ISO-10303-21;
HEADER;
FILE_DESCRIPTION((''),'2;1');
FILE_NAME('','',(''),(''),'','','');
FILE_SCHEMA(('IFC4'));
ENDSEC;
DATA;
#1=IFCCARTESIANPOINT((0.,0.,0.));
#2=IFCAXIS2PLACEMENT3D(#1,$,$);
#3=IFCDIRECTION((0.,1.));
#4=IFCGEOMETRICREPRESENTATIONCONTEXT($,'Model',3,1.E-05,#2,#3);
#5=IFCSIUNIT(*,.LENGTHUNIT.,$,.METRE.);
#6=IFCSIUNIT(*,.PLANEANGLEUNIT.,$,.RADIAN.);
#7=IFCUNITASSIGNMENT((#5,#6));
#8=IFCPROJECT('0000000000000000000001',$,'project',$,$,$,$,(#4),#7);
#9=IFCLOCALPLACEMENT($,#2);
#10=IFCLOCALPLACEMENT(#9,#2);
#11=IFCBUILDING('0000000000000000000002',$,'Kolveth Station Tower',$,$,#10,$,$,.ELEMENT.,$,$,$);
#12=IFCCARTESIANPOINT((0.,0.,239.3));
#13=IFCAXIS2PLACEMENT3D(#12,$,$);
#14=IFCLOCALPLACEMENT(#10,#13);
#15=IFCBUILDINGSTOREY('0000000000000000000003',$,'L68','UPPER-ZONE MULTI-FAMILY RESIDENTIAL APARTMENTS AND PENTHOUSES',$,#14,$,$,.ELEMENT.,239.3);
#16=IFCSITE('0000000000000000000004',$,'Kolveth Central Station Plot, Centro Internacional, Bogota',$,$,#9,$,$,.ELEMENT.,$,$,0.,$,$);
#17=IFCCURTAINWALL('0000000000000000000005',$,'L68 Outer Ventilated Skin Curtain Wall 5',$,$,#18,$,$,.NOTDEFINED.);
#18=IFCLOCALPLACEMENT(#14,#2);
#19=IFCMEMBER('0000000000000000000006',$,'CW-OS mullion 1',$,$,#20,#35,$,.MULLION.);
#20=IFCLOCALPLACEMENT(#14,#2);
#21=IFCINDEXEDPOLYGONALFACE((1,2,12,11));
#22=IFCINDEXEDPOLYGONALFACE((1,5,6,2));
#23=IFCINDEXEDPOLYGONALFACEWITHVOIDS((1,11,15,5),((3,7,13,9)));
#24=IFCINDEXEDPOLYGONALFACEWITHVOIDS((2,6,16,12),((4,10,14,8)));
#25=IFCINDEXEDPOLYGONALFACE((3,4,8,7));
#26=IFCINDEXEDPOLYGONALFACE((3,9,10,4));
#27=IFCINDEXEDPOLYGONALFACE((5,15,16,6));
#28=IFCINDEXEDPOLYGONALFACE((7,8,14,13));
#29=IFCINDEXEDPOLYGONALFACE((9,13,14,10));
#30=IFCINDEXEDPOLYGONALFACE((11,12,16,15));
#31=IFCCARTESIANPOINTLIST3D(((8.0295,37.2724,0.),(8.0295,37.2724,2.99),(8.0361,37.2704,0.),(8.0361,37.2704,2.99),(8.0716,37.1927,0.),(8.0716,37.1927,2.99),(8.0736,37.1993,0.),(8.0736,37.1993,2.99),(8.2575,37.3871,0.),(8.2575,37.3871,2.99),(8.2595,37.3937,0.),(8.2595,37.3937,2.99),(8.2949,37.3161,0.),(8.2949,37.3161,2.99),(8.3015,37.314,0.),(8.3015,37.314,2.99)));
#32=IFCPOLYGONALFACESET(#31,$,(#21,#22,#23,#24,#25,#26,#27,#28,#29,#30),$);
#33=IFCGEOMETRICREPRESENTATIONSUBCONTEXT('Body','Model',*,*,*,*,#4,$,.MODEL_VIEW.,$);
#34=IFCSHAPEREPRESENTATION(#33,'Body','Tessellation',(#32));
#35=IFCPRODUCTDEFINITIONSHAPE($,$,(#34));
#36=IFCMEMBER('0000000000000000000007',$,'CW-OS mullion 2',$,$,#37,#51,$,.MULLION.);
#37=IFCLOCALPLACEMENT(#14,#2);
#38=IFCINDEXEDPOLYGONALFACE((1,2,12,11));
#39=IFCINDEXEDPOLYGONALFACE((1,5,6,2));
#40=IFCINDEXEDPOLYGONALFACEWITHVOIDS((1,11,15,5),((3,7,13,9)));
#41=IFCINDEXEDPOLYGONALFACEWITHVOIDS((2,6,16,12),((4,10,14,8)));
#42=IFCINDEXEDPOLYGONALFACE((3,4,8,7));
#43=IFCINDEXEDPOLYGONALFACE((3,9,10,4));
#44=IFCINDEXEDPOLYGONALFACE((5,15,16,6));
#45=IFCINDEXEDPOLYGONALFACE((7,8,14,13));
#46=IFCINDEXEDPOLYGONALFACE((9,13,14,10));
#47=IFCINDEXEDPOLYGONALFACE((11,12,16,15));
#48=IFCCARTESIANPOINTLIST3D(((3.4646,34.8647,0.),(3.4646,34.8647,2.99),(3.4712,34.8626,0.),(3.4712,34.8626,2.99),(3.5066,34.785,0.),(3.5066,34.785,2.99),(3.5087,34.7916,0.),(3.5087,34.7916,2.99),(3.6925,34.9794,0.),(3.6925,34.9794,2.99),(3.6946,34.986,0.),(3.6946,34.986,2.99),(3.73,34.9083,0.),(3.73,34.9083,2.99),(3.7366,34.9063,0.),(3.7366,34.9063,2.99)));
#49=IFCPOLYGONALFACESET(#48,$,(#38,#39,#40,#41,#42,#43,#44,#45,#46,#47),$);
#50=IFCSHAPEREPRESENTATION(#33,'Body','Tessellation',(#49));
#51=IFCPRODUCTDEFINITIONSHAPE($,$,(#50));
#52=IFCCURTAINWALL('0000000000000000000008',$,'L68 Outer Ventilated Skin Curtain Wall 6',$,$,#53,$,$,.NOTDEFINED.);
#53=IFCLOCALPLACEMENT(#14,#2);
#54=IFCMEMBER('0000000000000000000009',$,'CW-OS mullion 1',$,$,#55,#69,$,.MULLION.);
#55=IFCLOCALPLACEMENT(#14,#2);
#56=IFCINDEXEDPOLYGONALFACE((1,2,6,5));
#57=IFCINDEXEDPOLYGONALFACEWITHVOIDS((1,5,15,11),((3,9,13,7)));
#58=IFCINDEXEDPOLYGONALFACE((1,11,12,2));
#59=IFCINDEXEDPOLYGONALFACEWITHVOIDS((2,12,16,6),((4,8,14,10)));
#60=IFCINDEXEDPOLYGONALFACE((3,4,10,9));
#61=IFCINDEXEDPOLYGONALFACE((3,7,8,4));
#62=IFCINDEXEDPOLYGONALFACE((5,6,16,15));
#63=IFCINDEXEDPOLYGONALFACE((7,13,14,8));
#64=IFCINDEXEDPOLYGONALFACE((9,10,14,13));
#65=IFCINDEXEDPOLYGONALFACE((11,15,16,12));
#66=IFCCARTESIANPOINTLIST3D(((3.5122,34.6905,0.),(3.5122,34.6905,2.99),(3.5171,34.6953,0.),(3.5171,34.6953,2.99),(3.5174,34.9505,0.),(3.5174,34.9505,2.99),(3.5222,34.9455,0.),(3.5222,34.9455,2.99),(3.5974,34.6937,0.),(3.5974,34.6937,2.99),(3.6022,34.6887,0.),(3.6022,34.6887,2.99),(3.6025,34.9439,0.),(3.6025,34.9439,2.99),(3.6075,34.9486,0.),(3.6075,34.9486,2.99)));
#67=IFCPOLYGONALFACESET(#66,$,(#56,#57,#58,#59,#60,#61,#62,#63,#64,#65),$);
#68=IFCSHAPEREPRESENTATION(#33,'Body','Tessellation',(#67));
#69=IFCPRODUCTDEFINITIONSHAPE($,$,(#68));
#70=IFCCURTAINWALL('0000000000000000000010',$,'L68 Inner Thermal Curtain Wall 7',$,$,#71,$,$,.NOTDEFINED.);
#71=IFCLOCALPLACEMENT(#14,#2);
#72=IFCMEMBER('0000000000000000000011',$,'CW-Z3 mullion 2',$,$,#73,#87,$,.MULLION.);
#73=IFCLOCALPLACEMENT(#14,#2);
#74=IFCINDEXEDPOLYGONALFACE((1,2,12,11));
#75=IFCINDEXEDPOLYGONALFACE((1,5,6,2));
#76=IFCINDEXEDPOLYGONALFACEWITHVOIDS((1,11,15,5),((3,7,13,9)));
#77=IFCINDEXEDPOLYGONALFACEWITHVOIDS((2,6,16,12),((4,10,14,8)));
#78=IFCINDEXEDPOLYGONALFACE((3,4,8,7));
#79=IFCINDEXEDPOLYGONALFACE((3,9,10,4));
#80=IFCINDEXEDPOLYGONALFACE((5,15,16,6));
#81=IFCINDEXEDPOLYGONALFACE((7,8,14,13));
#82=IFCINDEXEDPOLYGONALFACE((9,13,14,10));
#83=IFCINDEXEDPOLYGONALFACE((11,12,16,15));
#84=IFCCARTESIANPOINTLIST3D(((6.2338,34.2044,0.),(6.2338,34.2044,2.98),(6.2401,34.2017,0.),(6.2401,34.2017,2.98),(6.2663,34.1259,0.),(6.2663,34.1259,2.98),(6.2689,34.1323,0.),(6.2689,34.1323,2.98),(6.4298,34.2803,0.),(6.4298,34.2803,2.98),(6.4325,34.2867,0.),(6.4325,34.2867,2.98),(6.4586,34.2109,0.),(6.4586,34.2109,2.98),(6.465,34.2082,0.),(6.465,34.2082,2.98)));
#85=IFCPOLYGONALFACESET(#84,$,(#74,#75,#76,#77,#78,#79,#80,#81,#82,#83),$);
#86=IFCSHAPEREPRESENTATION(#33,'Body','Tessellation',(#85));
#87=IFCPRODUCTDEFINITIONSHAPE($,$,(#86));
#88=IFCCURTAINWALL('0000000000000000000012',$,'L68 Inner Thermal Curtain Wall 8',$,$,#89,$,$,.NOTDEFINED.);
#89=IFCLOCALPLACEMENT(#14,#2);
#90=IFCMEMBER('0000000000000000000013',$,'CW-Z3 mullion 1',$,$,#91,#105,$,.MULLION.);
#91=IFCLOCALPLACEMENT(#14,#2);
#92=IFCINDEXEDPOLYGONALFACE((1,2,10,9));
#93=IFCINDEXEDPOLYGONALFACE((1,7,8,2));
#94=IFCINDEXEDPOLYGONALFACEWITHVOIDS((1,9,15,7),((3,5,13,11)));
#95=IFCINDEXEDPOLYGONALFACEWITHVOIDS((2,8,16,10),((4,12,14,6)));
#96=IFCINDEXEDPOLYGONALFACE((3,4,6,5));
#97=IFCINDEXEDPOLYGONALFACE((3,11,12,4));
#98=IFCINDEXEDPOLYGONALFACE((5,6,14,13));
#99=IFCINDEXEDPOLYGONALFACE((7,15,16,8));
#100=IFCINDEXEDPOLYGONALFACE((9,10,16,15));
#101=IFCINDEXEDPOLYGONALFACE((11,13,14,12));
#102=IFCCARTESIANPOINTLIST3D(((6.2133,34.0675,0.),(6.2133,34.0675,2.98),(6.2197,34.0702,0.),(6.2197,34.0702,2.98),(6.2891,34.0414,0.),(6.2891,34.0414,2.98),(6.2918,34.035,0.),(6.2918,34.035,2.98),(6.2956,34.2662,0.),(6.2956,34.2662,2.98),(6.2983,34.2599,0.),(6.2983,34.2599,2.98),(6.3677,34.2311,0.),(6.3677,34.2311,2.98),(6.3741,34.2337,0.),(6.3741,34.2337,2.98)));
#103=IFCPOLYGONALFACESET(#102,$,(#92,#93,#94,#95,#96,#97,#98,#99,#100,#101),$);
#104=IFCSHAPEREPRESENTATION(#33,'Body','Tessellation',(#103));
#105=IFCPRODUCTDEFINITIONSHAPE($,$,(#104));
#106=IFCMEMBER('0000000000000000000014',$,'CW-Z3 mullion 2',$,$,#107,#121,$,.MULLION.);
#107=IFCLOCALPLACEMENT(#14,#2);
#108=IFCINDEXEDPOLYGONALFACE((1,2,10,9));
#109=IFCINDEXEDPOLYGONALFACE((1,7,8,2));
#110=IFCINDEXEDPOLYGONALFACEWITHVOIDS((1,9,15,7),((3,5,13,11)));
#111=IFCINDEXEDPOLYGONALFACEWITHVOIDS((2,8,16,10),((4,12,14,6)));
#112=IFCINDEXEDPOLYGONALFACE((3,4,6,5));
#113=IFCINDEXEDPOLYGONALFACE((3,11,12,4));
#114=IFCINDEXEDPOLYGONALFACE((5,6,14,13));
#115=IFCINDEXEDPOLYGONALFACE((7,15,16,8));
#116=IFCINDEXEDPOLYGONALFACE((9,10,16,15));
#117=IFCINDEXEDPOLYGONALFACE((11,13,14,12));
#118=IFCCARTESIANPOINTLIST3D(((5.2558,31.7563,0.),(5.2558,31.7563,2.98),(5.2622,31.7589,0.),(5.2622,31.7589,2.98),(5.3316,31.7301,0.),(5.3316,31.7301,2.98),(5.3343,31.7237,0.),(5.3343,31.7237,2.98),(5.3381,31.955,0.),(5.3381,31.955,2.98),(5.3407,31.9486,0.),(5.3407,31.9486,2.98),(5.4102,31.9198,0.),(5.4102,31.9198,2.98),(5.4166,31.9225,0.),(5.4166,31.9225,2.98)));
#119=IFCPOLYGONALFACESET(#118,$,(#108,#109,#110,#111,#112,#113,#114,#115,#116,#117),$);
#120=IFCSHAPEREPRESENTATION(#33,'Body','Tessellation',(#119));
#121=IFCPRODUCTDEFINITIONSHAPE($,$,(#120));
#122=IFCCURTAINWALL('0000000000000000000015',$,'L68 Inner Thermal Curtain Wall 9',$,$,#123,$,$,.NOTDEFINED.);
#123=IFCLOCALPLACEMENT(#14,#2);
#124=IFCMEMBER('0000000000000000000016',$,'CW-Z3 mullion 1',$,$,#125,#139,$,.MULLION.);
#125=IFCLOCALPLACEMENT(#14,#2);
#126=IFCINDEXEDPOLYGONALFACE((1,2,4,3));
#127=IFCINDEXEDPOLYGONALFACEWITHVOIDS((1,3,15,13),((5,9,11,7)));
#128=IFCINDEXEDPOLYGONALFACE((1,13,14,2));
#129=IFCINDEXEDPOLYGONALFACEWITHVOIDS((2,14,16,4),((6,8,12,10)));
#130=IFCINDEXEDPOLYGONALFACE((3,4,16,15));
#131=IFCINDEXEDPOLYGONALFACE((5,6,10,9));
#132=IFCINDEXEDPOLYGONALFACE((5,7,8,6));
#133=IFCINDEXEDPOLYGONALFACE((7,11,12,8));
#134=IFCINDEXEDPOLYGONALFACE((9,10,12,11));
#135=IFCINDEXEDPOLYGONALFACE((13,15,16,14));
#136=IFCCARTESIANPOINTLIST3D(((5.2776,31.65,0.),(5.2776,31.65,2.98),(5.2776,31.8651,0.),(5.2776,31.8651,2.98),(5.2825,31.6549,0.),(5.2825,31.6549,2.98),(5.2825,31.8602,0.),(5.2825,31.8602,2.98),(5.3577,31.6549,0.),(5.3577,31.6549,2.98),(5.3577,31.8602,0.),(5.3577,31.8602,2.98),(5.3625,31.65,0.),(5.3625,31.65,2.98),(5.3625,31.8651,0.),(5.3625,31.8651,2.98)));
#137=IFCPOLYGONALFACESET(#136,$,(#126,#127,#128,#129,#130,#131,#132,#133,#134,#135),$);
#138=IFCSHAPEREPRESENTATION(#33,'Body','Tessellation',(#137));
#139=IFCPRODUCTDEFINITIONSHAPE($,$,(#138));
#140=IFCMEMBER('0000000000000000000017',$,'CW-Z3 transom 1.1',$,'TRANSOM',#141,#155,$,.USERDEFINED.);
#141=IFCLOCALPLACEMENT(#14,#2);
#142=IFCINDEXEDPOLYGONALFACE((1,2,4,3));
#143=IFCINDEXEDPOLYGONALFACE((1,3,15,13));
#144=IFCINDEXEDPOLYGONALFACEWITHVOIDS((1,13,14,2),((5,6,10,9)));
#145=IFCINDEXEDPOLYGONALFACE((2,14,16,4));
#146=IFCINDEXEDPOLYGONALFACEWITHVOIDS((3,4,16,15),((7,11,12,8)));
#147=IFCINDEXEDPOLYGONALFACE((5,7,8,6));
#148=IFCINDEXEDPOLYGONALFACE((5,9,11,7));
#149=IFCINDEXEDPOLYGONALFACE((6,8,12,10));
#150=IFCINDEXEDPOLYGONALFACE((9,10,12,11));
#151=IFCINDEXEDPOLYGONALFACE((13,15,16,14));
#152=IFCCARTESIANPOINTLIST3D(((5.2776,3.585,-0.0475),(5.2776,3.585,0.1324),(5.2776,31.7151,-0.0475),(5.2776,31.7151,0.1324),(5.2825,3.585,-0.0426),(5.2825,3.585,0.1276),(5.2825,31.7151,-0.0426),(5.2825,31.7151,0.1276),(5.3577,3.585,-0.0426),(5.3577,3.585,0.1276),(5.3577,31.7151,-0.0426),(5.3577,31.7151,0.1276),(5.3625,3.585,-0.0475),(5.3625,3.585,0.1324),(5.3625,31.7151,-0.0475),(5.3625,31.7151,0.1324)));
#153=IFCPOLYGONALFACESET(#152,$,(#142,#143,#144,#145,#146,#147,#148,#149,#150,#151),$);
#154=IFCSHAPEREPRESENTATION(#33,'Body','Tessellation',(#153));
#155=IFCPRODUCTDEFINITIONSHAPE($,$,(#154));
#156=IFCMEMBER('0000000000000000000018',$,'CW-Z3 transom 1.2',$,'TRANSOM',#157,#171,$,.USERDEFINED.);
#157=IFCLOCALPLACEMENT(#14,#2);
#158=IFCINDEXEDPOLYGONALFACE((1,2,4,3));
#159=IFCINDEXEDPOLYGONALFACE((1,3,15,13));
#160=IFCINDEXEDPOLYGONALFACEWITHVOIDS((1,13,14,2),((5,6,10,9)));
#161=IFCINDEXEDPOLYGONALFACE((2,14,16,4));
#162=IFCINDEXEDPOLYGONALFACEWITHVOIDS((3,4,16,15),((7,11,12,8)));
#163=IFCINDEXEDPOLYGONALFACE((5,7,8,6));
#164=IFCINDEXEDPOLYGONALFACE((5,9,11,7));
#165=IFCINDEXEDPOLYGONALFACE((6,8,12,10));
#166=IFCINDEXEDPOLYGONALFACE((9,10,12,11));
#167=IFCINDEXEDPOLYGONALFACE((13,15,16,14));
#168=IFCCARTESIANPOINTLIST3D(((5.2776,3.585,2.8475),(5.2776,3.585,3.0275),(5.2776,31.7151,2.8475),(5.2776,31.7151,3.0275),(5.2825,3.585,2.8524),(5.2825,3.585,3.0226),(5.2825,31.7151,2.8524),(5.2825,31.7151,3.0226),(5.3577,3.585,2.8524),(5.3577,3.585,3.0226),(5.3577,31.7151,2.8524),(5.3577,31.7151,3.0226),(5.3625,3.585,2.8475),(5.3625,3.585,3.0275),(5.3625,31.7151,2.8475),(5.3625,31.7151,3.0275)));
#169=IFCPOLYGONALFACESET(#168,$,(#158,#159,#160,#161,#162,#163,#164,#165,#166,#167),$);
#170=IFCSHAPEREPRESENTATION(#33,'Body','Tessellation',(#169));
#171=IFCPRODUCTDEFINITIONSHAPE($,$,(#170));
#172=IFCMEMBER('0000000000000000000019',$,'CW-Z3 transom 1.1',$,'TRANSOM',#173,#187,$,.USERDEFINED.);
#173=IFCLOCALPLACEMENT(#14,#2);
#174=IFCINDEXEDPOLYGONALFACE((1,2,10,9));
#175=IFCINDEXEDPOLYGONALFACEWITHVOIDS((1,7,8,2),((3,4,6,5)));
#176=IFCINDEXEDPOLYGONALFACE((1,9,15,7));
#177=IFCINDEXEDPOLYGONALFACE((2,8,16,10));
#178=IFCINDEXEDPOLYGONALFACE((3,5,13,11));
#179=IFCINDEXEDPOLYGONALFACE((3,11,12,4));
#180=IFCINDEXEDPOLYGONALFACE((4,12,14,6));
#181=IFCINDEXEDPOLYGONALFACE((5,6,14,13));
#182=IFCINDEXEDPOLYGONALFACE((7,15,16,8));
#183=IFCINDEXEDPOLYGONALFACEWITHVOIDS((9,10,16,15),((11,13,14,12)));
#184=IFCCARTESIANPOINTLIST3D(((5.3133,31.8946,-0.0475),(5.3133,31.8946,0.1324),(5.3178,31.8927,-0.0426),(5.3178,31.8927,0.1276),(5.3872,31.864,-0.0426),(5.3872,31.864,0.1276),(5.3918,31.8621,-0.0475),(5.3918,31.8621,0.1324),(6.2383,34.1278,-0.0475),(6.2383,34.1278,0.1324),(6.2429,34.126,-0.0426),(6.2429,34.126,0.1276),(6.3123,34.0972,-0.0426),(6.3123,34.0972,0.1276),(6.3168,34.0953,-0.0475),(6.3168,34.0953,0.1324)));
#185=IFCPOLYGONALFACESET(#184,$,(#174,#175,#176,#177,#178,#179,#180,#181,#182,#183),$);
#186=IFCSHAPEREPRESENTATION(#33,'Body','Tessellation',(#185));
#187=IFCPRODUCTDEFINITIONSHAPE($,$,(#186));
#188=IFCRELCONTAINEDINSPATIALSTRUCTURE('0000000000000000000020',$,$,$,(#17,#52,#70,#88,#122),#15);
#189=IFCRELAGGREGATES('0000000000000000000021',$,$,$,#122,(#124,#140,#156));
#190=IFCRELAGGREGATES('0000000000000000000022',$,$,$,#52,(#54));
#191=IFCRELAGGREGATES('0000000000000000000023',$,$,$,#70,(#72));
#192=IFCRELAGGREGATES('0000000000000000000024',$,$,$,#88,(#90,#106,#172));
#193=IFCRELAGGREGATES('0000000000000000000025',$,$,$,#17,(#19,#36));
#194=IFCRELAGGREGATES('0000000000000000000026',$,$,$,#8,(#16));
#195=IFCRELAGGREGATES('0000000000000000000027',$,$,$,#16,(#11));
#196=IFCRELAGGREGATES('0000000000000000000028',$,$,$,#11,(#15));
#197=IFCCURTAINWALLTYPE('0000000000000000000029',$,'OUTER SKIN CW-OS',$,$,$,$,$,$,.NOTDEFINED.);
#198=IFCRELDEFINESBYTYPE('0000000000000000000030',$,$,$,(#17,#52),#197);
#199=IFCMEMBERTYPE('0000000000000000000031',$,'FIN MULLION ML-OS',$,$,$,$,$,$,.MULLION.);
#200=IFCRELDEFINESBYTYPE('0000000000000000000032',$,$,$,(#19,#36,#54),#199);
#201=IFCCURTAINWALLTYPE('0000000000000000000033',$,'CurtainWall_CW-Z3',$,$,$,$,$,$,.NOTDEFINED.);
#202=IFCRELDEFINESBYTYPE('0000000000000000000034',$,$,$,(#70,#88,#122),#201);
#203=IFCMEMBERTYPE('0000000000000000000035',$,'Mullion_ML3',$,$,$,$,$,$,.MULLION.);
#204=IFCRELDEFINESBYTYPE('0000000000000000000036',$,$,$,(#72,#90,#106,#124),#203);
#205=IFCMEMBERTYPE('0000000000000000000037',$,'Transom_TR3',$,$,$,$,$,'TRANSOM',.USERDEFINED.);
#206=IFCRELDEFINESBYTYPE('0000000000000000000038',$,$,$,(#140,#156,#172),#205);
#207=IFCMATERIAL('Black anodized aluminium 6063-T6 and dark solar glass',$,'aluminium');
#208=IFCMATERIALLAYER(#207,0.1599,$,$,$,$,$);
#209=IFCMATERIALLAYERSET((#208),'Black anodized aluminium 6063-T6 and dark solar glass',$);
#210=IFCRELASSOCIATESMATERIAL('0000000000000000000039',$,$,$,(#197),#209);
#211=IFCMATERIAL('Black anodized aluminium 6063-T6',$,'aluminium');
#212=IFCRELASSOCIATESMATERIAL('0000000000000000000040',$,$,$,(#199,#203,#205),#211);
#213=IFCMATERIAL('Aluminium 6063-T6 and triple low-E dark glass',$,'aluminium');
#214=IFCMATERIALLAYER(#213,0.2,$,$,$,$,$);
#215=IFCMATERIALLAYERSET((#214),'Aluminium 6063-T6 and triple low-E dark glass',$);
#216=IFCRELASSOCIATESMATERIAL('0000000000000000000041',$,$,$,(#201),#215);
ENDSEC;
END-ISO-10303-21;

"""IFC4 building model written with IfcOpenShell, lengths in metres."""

from ifc_helpers import new_model, si_unit, direction, frame, origin, origin_2d, place, context, subcontext, project, spatial, hollow_rectangle, extrude, source, transform, mapped, material, layer, layer_set, material_profile, profile_set, type_object, element, aggregate, save


model = new_model("IFC4")

# Units and contexts
model_context = context("Model", 3, precision=1e-05, world=origin(), true_north=direction((0.0, 1.0)))
body_context = subcontext(model_context, "Body", "Model", "MODEL_VIEW")
ifc_project = project(units=[si_unit("LENGTHUNIT", "METRE"), si_unit("PLANEANGLEUNIT", "RADIAN")], contexts=[model_context])

# Site, building, storey
site_placement = place(None, origin())
site = spatial("IfcSite", under=ifc_project, at=site_placement, Name="Kolveth Central Station Plot, Centro Internacional, Bogota", CompositionType="ELEMENT", RefElevation=0.0)
building_placement = place(site_placement, origin())
building = spatial("IfcBuilding", under=site, at=building_placement, Name="Kolveth Station Tower", CompositionType="ELEMENT")
storey_placement = place(building_placement, frame((0.0, 0.0, 239.3)))
storey = spatial("IfcBuildingStorey", under=building, at=storey_placement, Name="L68", Description="UPPER-ZONE MULTI-FAMILY RESIDENTIAL APARTMENTS AND PENTHOUSES", CompositionType="ELEMENT", Elevation=239.3)

# Curtain wall, members
ifc_material_1 = material(Name="Black anodized aluminium 6063-T6 and dark solar glass", Category="aluminium")
ifc_layer_1 = layer(ifc_material_1, 0.1599)
ifc_layer_set_1 = layer_set([ifc_layer_1], Name="Black anodized aluminium 6063-T6 and dark solar glass")
curtain_wall_type_1 = type_object("IfcCurtainWallType", Name="OUTER SKIN CW-OS", PredefinedType="NOTDEFINED", material=ifc_layer_set_1)
curtain_wall_1_placement = place(storey_placement, origin())
curtain_wall_1 = element("IfcCurtainWall", 1, at=curtain_wall_1_placement, inside=storey, type_object=curtain_wall_type_1, Name="L68 Outer Ventilated Skin Curtain Wall 5", PredefinedType="NOTDEFINED")
ifc_material_2 = material(Name="Black anodized aluminium 6063-T6", Category="aluminium")
ifc_material_profile_1 = material_profile(ifc_material_2, hollow_rectangle(XDim=0.0901, YDim=0.26, WallThickness=0.0049, at=origin_2d()), Name="ALU-90x260x5")
ifc_profile_set_1 = profile_set([ifc_material_profile_1], Name="Black anodized aluminium 6063-T6")
member_type_1 = type_object("IfcMemberType", Name="FIN MULLION ML-OS", PredefinedType="MULLION", material=ifc_profile_set_1)
shared_shape_1 = source(origin(), body_context, "Body", "SweptSolid", [
    extrude(hollow_rectangle(XDim=0.0901, YDim=0.26, WallThickness=0.0049, at=origin_2d()), origin(), (0.0, 0.0, 1.0), 2.99),
])
member_1_placement = place(storey_placement, frame((8.1655, 37.2932, 0.0), z_axis=(0.0, 0.0, 1.0), x_axis=(0.466526, -0.884508, 0.0)))
member_1 = element("IfcMember", 2, at=member_1_placement, type_object=member_type_1, Name="CW-OS mullion 1", PredefinedType="MULLION", context=body_context, shape_type="MappedRepresentation", body=[
    mapped(shared_shape_1, transform((0.0, 0.0, 0.0), x_axis=(1.0, 0.0, 0.0), y_axis=(0.0, 1.0, 0.0), z_axis=(0.0, 0.0, 1.0), scale=1.0)),
])
member_2_placement = place(storey_placement, frame((3.6006, 34.8855, 0.0), z_axis=(0.0, 0.0, 1.0), x_axis=(0.466526, -0.884508, 0.0)))
member_2 = element("IfcMember", 3, at=member_2_placement, type_object=member_type_1, Name="CW-OS mullion 2", PredefinedType="MULLION", context=body_context, shape_type="MappedRepresentation", body=[
    mapped(shared_shape_1, transform((0.0, 0.0, 0.0), x_axis=(1.0, 0.0, 0.0), y_axis=(0.0, 1.0, 0.0), z_axis=(0.0, 0.0, 1.0), scale=1.0)),
])

# Curtain walls, members
curtain_wall_2_placement = place(storey_placement, origin())
curtain_wall_2 = element("IfcCurtainWall", 4, at=curtain_wall_2_placement, inside=storey, type_object=curtain_wall_type_1, Name="L68 Outer Ventilated Skin Curtain Wall 6", PredefinedType="NOTDEFINED")
member_3_placement = place(storey_placement, frame((3.5598, 34.8196, 0.0), z_axis=(0.0, 0.0, 1.0), x_axis=(0.999796, -0.020198, 0.0)))
member_3 = element("IfcMember", 5, at=member_3_placement, type_object=member_type_1, Name="CW-OS mullion 1", PredefinedType="MULLION", context=body_context, shape_type="MappedRepresentation", body=[
    mapped(shared_shape_1, transform((0.0, 0.0, 0.0), x_axis=(1.0, 0.0, 0.0), y_axis=(0.0, 1.0, 0.0), z_axis=(0.0, 0.0, 1.0), scale=1.0)),
])
ifc_material_3 = material(Name="Aluminium 6063-T6 and triple low-E dark glass", Category="aluminium")
ifc_layer_2 = layer(ifc_material_3, 0.2)
ifc_layer_set_2 = layer_set([ifc_layer_2], Name="Aluminium 6063-T6 and triple low-E dark glass")
curtain_wall_type_2 = type_object("IfcCurtainWallType", Name="CurtainWall_CW-Z3", PredefinedType="NOTDEFINED", material=ifc_layer_set_2)
curtain_wall_3_placement = place(storey_placement, origin())
curtain_wall_3 = element("IfcCurtainWall", 6, at=curtain_wall_3_placement, inside=storey, type_object=curtain_wall_type_2, Name="L68 Inner Thermal Curtain Wall 7", PredefinedType="NOTDEFINED")
ifc_material_profile_2 = material_profile(ifc_material_2, hollow_rectangle(XDim=0.085, YDim=0.2151, WallThickness=0.0049, at=origin_2d()), Name="ALU-85x215x5")
ifc_profile_set_2 = profile_set([ifc_material_profile_2], Name="Black anodized aluminium 6063-T6")
member_type_2 = type_object("IfcMemberType", Name="Mullion_ML3", PredefinedType="MULLION", material=ifc_profile_set_2)
shared_shape_2 = source(origin(), body_context, "Body", "SweptSolid", [
    extrude(hollow_rectangle(XDim=0.085, YDim=0.2151, WallThickness=0.0049, at=origin_2d()), origin(), (0.0, 0.0, 1.0), 2.98),
])
member_4_placement = place(storey_placement, frame((6.3494, 34.2063, 0.0), z_axis=(0.0, 0.0, 1.0), x_axis=(0.382693, -0.923875, 0.0)))
member_4 = element("IfcMember", 7, at=member_4_placement, type_object=member_type_2, Name="CW-Z3 mullion 2", PredefinedType="MULLION", context=body_context, shape_type="MappedRepresentation", body=[
    mapped(shared_shape_2, transform((0.0, 0.0, 0.0), x_axis=(1.0, 0.0, 0.0), y_axis=(0.0, 1.0, 0.0), z_axis=(0.0, 0.0, 1.0), scale=1.0)),
])

# Curtain walls, members
curtain_wall_4_placement = place(storey_placement, origin())
curtain_wall_4 = element("IfcCurtainWall", 8, at=curtain_wall_4_placement, inside=storey, type_object=curtain_wall_type_2, Name="L68 Inner Thermal Curtain Wall 8", PredefinedType="NOTDEFINED")
member_5_placement = place(storey_placement, frame((6.2937, 34.1506, 0.0), z_axis=(0.0, 0.0, 1.0), x_axis=(0.923875, -0.382693, 0.0)))
member_5 = element("IfcMember", 9, at=member_5_placement, type_object=member_type_2, Name="CW-Z3 mullion 1", PredefinedType="MULLION", context=body_context, shape_type="MappedRepresentation", body=[
    mapped(shared_shape_2, transform((0.0, 0.0, 0.0), x_axis=(1.0, 0.0, 0.0), y_axis=(0.0, 1.0, 0.0), z_axis=(0.0, 0.0, 1.0), scale=1.0)),
])
member_6_placement = place(storey_placement, frame((5.3362, 31.8394, 0.0), z_axis=(0.0, 0.0, 1.0), x_axis=(0.923875, -0.382693, 0.0)))
member_6 = element("IfcMember", 10, at=member_6_placement, type_object=member_type_2, Name="CW-Z3 mullion 2", PredefinedType="MULLION", context=body_context, shape_type="MappedRepresentation", body=[
    mapped(shared_shape_2, transform((0.0, 0.0, 0.0), x_axis=(1.0, 0.0, 0.0), y_axis=(0.0, 1.0, 0.0), z_axis=(0.0, 0.0, 1.0), scale=1.0)),
])
curtain_wall_5_placement = place(storey_placement, origin())
curtain_wall_5 = element("IfcCurtainWall", 11, at=curtain_wall_5_placement, inside=storey, type_object=curtain_wall_type_2, Name="L68 Inner Thermal Curtain Wall 9", PredefinedType="NOTDEFINED")
member_7_placement = place(storey_placement, frame((5.3201, 31.7576, 0.0), z_axis=(0.0, 0.0, 1.0), x_axis=(1.0, 0.0, 0.0)))
member_7 = element("IfcMember", 12, at=member_7_placement, type_object=member_type_2, Name="CW-Z3 mullion 1", PredefinedType="MULLION", context=body_context, shape_type="MappedRepresentation", body=[
    mapped(shared_shape_2, transform((0.0, 0.0, 0.0), x_axis=(1.0, 0.0, 0.0), y_axis=(0.0, 1.0, 0.0), z_axis=(0.0, 0.0, 1.0), scale=1.0)),
])
ifc_material_profile_3 = material_profile(ifc_material_2, hollow_rectangle(XDim=0.085, YDim=0.1799, WallThickness=0.0049, at=origin_2d()), Name="ALU-85x180x5")
ifc_profile_set_3 = profile_set([ifc_material_profile_3], Name="Black anodized aluminium 6063-T6")
member_type_3 = type_object("IfcMemberType", Name="Transom_TR3", ElementType="TRANSOM", PredefinedType="USERDEFINED", material=ifc_profile_set_3)
shared_shape_3 = source(origin(), body_context, "Body", "SweptSolid", [
    extrude(hollow_rectangle(XDim=0.085, YDim=0.1799, WallThickness=0.0049, at=origin_2d()), origin(), (0.0, 0.0, 1.0), 28.1301),
])
member_8_placement = place(storey_placement, frame((5.3201, 31.7151, 0.0425), z_axis=(0.0, -1.0, 0.0), x_axis=(1.0, 0.0, 0.0)))
member_8 = element("IfcMember", 13, at=member_8_placement, type_object=member_type_3, Name="CW-Z3 transom 1.1", ObjectType="TRANSOM", PredefinedType="USERDEFINED", context=body_context, shape_type="MappedRepresentation", body=[
    mapped(shared_shape_3, transform((0.0, 0.0, 0.0), x_axis=(1.0, 0.0, 0.0), y_axis=(0.0, 1.0, 0.0), z_axis=(0.0, 0.0, 1.0), scale=1.0)),
])
member_9_placement = place(storey_placement, frame((5.3201, 31.7151, 2.9375), z_axis=(0.0, -1.0, 0.0), x_axis=(1.0, 0.0, 0.0)))
member_9 = element("IfcMember", 14, at=member_9_placement, type_object=member_type_3, Name="CW-Z3 transom 1.2", ObjectType="TRANSOM", PredefinedType="USERDEFINED", context=body_context, shape_type="MappedRepresentation", body=[
    mapped(shared_shape_3, transform((0.0, 0.0, 0.0), x_axis=(1.0, 0.0, 0.0), y_axis=(0.0, 1.0, 0.0), z_axis=(0.0, 0.0, 1.0), scale=1.0)),
])
aggregate(curtain_wall_5, [member_7, member_8, member_9])

# Member
shared_shape_4 = source(origin(), body_context, "Body", "SweptSolid", [
    extrude(hollow_rectangle(XDim=0.085, YDim=0.1799, WallThickness=0.0049, at=origin_2d()), origin(), (0.0, 0.0, 1.0), 2.4172),
])
member_10_placement = place(storey_placement, frame((6.2776, 34.1116, 0.0425), z_axis=(-0.3827, -0.923873, 0.0), x_axis=(0.923873, -0.3827, 0.0)))
member_10 = element("IfcMember", 15, at=member_10_placement, type_object=member_type_3, Name="CW-Z3 transom 1.1", ObjectType="TRANSOM", PredefinedType="USERDEFINED", context=body_context, shape_type="MappedRepresentation", body=[
    mapped(shared_shape_4, transform((0.0, 0.0, 0.0), x_axis=(1.0, 0.0, 0.0), y_axis=(0.0, 1.0, 0.0), z_axis=(0.0, 0.0, 1.0), scale=1.0)),
])
aggregate(curtain_wall_2, [member_3])

aggregate(curtain_wall_3, [member_4])
aggregate(curtain_wall_4, [member_5, member_6, member_10])
aggregate(curtain_wall_1, [member_1, member_2])

save(model, "model.ifc")
